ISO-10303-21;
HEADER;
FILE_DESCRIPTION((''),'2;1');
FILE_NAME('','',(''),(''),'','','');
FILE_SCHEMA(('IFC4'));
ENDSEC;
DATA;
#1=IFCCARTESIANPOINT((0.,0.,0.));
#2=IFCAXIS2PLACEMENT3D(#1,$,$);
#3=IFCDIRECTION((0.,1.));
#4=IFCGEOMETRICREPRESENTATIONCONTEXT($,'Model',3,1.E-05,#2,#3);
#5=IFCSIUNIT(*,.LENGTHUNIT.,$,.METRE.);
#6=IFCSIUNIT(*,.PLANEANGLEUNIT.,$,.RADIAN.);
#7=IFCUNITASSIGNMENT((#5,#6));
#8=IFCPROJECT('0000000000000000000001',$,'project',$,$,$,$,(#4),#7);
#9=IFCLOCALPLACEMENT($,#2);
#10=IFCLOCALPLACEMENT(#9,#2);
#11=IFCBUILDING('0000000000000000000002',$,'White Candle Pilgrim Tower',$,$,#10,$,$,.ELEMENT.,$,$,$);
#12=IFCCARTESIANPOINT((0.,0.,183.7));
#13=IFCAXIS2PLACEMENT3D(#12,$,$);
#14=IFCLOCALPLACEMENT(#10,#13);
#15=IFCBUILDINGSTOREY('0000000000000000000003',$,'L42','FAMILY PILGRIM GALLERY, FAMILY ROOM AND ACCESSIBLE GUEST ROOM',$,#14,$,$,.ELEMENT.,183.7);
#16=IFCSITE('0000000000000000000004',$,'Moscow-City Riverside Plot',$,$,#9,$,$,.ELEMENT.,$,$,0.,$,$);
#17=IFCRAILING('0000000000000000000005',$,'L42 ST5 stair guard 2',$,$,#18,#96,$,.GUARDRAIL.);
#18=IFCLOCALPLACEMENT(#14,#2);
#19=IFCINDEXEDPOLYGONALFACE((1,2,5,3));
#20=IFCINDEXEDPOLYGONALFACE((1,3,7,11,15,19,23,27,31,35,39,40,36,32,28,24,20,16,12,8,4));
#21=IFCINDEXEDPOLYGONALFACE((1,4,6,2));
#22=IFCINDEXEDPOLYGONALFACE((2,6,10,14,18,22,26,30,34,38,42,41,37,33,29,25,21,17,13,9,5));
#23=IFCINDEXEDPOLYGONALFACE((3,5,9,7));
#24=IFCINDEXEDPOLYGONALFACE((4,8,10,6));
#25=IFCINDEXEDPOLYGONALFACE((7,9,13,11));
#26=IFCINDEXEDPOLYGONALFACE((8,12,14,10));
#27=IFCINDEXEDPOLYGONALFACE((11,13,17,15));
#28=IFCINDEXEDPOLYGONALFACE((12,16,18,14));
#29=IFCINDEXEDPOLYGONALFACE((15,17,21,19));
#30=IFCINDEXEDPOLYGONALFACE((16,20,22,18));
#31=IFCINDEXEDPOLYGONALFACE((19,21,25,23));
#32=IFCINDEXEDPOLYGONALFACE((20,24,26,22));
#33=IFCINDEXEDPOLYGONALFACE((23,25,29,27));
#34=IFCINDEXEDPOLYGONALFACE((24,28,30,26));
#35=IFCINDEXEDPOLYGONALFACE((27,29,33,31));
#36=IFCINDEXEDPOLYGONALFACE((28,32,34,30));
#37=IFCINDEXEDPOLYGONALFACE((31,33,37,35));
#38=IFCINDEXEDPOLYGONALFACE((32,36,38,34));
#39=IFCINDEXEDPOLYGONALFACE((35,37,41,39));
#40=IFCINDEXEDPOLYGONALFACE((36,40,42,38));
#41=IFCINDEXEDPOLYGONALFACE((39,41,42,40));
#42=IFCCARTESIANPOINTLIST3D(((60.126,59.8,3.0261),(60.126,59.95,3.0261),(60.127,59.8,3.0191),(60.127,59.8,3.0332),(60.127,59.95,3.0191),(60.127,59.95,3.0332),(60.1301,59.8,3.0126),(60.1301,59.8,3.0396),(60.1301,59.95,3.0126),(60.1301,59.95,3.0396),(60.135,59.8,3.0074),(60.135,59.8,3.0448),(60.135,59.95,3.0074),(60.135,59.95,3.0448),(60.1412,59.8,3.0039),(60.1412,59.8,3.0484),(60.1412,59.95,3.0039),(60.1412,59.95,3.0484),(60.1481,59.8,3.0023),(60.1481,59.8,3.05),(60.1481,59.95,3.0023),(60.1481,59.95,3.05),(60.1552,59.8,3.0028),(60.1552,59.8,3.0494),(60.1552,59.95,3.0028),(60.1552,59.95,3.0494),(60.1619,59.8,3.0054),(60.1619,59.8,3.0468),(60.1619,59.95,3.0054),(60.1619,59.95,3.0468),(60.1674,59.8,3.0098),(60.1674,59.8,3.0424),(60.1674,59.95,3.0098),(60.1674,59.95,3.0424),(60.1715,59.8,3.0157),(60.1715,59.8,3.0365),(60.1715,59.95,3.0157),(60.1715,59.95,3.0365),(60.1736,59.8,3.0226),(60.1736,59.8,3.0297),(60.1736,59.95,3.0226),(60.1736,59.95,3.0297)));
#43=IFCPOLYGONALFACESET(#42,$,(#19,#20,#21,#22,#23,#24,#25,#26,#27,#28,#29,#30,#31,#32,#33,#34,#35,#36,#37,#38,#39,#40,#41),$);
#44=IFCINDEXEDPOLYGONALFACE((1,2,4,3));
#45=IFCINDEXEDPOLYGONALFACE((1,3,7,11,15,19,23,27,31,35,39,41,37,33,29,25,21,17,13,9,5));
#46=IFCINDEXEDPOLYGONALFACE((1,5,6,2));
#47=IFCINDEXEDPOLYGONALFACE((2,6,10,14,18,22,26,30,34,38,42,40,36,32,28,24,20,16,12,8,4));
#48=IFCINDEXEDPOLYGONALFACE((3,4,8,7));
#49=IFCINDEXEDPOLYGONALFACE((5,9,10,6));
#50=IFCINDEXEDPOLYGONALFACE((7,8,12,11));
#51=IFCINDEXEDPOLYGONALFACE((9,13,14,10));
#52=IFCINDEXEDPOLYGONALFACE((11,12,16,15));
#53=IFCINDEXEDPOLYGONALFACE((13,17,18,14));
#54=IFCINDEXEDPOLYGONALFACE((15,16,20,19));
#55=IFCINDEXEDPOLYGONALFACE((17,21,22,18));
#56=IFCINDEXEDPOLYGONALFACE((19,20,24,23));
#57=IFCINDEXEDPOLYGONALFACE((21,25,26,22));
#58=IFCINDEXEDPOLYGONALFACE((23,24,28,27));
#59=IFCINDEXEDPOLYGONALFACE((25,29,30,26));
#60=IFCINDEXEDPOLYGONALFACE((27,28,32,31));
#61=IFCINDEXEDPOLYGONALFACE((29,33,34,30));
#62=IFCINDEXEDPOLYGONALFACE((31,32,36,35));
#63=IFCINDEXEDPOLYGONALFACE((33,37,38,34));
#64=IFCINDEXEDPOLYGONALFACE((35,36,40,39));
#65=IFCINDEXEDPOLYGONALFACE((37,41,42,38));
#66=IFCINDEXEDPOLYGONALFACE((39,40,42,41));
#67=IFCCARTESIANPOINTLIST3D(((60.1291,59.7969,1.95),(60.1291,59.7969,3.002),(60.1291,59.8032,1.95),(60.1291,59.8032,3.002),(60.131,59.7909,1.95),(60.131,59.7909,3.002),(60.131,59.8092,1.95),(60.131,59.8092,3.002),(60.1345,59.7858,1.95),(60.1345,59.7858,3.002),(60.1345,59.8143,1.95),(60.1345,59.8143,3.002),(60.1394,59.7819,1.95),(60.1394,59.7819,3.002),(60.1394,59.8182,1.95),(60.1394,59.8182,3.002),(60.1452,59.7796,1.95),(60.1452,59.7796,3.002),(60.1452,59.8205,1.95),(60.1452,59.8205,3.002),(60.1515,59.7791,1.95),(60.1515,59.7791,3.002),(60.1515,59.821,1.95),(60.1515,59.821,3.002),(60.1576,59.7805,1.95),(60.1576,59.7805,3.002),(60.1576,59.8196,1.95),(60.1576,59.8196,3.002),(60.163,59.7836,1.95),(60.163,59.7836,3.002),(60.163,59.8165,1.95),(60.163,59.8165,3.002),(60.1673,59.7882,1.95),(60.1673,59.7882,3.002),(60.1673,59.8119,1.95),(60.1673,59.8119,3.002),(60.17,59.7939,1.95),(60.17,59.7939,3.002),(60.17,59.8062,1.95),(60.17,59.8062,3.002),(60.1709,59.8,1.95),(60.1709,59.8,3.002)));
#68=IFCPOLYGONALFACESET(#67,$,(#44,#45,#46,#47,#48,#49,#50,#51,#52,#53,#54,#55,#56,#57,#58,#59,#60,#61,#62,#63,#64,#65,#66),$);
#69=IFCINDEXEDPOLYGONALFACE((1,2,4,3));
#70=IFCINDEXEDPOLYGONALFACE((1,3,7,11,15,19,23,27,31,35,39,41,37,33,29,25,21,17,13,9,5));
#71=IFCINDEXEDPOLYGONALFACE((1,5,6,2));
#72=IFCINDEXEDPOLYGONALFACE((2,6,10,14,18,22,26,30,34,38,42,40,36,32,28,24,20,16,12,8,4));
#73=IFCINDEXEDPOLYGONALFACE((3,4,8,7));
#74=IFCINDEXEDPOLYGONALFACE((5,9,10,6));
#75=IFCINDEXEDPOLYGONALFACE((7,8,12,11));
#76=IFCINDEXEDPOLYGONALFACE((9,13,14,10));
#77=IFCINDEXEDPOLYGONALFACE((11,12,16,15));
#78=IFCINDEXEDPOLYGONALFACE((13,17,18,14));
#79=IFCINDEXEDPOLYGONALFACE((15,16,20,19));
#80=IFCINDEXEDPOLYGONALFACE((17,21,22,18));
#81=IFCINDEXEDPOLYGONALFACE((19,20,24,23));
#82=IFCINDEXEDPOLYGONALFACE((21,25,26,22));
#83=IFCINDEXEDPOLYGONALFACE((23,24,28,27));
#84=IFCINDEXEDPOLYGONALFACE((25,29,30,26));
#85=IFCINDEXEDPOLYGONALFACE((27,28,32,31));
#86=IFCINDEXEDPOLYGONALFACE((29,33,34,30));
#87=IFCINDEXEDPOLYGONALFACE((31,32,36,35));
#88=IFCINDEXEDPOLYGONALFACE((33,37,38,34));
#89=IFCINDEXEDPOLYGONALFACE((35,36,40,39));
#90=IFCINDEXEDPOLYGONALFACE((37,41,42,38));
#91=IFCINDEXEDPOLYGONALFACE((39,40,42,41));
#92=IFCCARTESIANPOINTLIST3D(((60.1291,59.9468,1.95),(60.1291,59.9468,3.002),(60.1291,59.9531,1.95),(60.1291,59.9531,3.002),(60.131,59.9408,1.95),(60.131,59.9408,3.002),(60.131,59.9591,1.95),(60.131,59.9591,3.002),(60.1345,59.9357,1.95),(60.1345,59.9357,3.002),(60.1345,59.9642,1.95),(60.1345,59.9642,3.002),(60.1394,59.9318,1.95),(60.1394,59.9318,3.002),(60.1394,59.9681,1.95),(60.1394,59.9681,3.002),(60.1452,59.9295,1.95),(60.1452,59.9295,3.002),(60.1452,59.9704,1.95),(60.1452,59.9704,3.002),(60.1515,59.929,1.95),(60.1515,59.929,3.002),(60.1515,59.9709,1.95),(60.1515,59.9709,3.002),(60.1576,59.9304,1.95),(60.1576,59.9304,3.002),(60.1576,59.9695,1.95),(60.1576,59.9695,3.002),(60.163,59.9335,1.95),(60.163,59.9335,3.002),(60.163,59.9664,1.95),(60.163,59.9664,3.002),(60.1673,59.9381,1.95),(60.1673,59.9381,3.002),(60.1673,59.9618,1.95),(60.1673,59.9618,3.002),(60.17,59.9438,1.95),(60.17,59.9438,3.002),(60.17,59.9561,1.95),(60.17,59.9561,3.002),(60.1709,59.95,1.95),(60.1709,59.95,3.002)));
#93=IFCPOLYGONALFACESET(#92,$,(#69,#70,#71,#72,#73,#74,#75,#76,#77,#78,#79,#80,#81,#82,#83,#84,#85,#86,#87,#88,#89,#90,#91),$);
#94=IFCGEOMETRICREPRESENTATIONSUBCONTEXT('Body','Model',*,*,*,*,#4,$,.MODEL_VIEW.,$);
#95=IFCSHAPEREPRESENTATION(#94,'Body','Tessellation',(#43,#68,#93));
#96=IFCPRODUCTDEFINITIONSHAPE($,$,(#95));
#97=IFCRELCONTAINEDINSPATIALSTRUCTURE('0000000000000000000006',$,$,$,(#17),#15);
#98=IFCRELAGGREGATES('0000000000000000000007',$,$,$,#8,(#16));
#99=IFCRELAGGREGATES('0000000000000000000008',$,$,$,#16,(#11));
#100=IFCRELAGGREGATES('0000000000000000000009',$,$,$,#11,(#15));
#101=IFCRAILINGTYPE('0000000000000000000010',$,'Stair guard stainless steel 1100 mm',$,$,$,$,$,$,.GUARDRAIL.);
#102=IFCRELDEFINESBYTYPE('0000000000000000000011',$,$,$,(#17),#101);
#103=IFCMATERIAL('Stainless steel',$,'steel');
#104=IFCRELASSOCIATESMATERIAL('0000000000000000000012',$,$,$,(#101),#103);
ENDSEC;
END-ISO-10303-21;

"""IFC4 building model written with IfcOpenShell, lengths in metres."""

from ifc_helpers import new_model, si_unit, direction, frame, origin, origin_2d, place, context, subcontext, project, spatial, circle, extrude, material, type_object, element, save


model = new_model("IFC4")

# Units and contexts
model_context = context("Model", 3, precision=1e-05, world=origin(), true_north=direction((0.0, 1.0)))
body_context = subcontext(model_context, "Body", "Model", "MODEL_VIEW")
ifc_project = project(units=[si_unit("LENGTHUNIT", "METRE"), si_unit("PLANEANGLEUNIT", "RADIAN")], contexts=[model_context])

# Site, building, storey
site_placement = place(None, origin())
site = spatial("IfcSite", under=ifc_project, at=site_placement, Name="Moscow-City Riverside Plot", CompositionType="ELEMENT", RefElevation=0.0)
building_placement = place(site_placement, origin())
building = spatial("IfcBuilding", under=site, at=building_placement, Name="White Candle Pilgrim Tower", CompositionType="ELEMENT")
storey_placement = place(building_placement, frame((0.0, 0.0, 183.7)))
storey = spatial("IfcBuildingStorey", under=building, at=storey_placement, Name="L42", Description="FAMILY PILGRIM GALLERY, FAMILY ROOM AND ACCESSIBLE GUEST ROOM", CompositionType="ELEMENT", Elevation=183.7)

# Railing
ifc_material_1 = material(Name="Stainless steel", Category="steel")
railing_type_1 = type_object("IfcRailingType", Name="Stair guard stainless steel 1100 mm", PredefinedType="GUARDRAIL", material=ifc_material_1)
railing_1_placement = place(storey_placement, frame((60.1499, 59.8, 1.95)))
element("IfcRailing", 1, at=railing_1_placement, inside=storey, type_object=railing_type_1, Name="L42 ST5 stair guard 2", PredefinedType="GUARDRAIL", context=body_context, shape_type="SweptSolid", body=[
    extrude(circle(Radius=0.0239, at=origin_2d()), frame((0.0, 0.0, 1.0762), z_axis=(0.0, 1.0, 0.0), x_axis=(-1.0, 0.0, 0.0)), (0.0, 0.0, 1.0), 0.1499),
    extrude(circle(Radius=0.021, at=origin_2d()), origin(), (0.0, 0.0, 1.0), 1.052),
    extrude(circle(Radius=0.021, at=origin_2d()), frame((0.0, 0.1499, 0.0)), (0.0, 0.0, 1.0), 1.052),
])

save(model, "model.ifc")
